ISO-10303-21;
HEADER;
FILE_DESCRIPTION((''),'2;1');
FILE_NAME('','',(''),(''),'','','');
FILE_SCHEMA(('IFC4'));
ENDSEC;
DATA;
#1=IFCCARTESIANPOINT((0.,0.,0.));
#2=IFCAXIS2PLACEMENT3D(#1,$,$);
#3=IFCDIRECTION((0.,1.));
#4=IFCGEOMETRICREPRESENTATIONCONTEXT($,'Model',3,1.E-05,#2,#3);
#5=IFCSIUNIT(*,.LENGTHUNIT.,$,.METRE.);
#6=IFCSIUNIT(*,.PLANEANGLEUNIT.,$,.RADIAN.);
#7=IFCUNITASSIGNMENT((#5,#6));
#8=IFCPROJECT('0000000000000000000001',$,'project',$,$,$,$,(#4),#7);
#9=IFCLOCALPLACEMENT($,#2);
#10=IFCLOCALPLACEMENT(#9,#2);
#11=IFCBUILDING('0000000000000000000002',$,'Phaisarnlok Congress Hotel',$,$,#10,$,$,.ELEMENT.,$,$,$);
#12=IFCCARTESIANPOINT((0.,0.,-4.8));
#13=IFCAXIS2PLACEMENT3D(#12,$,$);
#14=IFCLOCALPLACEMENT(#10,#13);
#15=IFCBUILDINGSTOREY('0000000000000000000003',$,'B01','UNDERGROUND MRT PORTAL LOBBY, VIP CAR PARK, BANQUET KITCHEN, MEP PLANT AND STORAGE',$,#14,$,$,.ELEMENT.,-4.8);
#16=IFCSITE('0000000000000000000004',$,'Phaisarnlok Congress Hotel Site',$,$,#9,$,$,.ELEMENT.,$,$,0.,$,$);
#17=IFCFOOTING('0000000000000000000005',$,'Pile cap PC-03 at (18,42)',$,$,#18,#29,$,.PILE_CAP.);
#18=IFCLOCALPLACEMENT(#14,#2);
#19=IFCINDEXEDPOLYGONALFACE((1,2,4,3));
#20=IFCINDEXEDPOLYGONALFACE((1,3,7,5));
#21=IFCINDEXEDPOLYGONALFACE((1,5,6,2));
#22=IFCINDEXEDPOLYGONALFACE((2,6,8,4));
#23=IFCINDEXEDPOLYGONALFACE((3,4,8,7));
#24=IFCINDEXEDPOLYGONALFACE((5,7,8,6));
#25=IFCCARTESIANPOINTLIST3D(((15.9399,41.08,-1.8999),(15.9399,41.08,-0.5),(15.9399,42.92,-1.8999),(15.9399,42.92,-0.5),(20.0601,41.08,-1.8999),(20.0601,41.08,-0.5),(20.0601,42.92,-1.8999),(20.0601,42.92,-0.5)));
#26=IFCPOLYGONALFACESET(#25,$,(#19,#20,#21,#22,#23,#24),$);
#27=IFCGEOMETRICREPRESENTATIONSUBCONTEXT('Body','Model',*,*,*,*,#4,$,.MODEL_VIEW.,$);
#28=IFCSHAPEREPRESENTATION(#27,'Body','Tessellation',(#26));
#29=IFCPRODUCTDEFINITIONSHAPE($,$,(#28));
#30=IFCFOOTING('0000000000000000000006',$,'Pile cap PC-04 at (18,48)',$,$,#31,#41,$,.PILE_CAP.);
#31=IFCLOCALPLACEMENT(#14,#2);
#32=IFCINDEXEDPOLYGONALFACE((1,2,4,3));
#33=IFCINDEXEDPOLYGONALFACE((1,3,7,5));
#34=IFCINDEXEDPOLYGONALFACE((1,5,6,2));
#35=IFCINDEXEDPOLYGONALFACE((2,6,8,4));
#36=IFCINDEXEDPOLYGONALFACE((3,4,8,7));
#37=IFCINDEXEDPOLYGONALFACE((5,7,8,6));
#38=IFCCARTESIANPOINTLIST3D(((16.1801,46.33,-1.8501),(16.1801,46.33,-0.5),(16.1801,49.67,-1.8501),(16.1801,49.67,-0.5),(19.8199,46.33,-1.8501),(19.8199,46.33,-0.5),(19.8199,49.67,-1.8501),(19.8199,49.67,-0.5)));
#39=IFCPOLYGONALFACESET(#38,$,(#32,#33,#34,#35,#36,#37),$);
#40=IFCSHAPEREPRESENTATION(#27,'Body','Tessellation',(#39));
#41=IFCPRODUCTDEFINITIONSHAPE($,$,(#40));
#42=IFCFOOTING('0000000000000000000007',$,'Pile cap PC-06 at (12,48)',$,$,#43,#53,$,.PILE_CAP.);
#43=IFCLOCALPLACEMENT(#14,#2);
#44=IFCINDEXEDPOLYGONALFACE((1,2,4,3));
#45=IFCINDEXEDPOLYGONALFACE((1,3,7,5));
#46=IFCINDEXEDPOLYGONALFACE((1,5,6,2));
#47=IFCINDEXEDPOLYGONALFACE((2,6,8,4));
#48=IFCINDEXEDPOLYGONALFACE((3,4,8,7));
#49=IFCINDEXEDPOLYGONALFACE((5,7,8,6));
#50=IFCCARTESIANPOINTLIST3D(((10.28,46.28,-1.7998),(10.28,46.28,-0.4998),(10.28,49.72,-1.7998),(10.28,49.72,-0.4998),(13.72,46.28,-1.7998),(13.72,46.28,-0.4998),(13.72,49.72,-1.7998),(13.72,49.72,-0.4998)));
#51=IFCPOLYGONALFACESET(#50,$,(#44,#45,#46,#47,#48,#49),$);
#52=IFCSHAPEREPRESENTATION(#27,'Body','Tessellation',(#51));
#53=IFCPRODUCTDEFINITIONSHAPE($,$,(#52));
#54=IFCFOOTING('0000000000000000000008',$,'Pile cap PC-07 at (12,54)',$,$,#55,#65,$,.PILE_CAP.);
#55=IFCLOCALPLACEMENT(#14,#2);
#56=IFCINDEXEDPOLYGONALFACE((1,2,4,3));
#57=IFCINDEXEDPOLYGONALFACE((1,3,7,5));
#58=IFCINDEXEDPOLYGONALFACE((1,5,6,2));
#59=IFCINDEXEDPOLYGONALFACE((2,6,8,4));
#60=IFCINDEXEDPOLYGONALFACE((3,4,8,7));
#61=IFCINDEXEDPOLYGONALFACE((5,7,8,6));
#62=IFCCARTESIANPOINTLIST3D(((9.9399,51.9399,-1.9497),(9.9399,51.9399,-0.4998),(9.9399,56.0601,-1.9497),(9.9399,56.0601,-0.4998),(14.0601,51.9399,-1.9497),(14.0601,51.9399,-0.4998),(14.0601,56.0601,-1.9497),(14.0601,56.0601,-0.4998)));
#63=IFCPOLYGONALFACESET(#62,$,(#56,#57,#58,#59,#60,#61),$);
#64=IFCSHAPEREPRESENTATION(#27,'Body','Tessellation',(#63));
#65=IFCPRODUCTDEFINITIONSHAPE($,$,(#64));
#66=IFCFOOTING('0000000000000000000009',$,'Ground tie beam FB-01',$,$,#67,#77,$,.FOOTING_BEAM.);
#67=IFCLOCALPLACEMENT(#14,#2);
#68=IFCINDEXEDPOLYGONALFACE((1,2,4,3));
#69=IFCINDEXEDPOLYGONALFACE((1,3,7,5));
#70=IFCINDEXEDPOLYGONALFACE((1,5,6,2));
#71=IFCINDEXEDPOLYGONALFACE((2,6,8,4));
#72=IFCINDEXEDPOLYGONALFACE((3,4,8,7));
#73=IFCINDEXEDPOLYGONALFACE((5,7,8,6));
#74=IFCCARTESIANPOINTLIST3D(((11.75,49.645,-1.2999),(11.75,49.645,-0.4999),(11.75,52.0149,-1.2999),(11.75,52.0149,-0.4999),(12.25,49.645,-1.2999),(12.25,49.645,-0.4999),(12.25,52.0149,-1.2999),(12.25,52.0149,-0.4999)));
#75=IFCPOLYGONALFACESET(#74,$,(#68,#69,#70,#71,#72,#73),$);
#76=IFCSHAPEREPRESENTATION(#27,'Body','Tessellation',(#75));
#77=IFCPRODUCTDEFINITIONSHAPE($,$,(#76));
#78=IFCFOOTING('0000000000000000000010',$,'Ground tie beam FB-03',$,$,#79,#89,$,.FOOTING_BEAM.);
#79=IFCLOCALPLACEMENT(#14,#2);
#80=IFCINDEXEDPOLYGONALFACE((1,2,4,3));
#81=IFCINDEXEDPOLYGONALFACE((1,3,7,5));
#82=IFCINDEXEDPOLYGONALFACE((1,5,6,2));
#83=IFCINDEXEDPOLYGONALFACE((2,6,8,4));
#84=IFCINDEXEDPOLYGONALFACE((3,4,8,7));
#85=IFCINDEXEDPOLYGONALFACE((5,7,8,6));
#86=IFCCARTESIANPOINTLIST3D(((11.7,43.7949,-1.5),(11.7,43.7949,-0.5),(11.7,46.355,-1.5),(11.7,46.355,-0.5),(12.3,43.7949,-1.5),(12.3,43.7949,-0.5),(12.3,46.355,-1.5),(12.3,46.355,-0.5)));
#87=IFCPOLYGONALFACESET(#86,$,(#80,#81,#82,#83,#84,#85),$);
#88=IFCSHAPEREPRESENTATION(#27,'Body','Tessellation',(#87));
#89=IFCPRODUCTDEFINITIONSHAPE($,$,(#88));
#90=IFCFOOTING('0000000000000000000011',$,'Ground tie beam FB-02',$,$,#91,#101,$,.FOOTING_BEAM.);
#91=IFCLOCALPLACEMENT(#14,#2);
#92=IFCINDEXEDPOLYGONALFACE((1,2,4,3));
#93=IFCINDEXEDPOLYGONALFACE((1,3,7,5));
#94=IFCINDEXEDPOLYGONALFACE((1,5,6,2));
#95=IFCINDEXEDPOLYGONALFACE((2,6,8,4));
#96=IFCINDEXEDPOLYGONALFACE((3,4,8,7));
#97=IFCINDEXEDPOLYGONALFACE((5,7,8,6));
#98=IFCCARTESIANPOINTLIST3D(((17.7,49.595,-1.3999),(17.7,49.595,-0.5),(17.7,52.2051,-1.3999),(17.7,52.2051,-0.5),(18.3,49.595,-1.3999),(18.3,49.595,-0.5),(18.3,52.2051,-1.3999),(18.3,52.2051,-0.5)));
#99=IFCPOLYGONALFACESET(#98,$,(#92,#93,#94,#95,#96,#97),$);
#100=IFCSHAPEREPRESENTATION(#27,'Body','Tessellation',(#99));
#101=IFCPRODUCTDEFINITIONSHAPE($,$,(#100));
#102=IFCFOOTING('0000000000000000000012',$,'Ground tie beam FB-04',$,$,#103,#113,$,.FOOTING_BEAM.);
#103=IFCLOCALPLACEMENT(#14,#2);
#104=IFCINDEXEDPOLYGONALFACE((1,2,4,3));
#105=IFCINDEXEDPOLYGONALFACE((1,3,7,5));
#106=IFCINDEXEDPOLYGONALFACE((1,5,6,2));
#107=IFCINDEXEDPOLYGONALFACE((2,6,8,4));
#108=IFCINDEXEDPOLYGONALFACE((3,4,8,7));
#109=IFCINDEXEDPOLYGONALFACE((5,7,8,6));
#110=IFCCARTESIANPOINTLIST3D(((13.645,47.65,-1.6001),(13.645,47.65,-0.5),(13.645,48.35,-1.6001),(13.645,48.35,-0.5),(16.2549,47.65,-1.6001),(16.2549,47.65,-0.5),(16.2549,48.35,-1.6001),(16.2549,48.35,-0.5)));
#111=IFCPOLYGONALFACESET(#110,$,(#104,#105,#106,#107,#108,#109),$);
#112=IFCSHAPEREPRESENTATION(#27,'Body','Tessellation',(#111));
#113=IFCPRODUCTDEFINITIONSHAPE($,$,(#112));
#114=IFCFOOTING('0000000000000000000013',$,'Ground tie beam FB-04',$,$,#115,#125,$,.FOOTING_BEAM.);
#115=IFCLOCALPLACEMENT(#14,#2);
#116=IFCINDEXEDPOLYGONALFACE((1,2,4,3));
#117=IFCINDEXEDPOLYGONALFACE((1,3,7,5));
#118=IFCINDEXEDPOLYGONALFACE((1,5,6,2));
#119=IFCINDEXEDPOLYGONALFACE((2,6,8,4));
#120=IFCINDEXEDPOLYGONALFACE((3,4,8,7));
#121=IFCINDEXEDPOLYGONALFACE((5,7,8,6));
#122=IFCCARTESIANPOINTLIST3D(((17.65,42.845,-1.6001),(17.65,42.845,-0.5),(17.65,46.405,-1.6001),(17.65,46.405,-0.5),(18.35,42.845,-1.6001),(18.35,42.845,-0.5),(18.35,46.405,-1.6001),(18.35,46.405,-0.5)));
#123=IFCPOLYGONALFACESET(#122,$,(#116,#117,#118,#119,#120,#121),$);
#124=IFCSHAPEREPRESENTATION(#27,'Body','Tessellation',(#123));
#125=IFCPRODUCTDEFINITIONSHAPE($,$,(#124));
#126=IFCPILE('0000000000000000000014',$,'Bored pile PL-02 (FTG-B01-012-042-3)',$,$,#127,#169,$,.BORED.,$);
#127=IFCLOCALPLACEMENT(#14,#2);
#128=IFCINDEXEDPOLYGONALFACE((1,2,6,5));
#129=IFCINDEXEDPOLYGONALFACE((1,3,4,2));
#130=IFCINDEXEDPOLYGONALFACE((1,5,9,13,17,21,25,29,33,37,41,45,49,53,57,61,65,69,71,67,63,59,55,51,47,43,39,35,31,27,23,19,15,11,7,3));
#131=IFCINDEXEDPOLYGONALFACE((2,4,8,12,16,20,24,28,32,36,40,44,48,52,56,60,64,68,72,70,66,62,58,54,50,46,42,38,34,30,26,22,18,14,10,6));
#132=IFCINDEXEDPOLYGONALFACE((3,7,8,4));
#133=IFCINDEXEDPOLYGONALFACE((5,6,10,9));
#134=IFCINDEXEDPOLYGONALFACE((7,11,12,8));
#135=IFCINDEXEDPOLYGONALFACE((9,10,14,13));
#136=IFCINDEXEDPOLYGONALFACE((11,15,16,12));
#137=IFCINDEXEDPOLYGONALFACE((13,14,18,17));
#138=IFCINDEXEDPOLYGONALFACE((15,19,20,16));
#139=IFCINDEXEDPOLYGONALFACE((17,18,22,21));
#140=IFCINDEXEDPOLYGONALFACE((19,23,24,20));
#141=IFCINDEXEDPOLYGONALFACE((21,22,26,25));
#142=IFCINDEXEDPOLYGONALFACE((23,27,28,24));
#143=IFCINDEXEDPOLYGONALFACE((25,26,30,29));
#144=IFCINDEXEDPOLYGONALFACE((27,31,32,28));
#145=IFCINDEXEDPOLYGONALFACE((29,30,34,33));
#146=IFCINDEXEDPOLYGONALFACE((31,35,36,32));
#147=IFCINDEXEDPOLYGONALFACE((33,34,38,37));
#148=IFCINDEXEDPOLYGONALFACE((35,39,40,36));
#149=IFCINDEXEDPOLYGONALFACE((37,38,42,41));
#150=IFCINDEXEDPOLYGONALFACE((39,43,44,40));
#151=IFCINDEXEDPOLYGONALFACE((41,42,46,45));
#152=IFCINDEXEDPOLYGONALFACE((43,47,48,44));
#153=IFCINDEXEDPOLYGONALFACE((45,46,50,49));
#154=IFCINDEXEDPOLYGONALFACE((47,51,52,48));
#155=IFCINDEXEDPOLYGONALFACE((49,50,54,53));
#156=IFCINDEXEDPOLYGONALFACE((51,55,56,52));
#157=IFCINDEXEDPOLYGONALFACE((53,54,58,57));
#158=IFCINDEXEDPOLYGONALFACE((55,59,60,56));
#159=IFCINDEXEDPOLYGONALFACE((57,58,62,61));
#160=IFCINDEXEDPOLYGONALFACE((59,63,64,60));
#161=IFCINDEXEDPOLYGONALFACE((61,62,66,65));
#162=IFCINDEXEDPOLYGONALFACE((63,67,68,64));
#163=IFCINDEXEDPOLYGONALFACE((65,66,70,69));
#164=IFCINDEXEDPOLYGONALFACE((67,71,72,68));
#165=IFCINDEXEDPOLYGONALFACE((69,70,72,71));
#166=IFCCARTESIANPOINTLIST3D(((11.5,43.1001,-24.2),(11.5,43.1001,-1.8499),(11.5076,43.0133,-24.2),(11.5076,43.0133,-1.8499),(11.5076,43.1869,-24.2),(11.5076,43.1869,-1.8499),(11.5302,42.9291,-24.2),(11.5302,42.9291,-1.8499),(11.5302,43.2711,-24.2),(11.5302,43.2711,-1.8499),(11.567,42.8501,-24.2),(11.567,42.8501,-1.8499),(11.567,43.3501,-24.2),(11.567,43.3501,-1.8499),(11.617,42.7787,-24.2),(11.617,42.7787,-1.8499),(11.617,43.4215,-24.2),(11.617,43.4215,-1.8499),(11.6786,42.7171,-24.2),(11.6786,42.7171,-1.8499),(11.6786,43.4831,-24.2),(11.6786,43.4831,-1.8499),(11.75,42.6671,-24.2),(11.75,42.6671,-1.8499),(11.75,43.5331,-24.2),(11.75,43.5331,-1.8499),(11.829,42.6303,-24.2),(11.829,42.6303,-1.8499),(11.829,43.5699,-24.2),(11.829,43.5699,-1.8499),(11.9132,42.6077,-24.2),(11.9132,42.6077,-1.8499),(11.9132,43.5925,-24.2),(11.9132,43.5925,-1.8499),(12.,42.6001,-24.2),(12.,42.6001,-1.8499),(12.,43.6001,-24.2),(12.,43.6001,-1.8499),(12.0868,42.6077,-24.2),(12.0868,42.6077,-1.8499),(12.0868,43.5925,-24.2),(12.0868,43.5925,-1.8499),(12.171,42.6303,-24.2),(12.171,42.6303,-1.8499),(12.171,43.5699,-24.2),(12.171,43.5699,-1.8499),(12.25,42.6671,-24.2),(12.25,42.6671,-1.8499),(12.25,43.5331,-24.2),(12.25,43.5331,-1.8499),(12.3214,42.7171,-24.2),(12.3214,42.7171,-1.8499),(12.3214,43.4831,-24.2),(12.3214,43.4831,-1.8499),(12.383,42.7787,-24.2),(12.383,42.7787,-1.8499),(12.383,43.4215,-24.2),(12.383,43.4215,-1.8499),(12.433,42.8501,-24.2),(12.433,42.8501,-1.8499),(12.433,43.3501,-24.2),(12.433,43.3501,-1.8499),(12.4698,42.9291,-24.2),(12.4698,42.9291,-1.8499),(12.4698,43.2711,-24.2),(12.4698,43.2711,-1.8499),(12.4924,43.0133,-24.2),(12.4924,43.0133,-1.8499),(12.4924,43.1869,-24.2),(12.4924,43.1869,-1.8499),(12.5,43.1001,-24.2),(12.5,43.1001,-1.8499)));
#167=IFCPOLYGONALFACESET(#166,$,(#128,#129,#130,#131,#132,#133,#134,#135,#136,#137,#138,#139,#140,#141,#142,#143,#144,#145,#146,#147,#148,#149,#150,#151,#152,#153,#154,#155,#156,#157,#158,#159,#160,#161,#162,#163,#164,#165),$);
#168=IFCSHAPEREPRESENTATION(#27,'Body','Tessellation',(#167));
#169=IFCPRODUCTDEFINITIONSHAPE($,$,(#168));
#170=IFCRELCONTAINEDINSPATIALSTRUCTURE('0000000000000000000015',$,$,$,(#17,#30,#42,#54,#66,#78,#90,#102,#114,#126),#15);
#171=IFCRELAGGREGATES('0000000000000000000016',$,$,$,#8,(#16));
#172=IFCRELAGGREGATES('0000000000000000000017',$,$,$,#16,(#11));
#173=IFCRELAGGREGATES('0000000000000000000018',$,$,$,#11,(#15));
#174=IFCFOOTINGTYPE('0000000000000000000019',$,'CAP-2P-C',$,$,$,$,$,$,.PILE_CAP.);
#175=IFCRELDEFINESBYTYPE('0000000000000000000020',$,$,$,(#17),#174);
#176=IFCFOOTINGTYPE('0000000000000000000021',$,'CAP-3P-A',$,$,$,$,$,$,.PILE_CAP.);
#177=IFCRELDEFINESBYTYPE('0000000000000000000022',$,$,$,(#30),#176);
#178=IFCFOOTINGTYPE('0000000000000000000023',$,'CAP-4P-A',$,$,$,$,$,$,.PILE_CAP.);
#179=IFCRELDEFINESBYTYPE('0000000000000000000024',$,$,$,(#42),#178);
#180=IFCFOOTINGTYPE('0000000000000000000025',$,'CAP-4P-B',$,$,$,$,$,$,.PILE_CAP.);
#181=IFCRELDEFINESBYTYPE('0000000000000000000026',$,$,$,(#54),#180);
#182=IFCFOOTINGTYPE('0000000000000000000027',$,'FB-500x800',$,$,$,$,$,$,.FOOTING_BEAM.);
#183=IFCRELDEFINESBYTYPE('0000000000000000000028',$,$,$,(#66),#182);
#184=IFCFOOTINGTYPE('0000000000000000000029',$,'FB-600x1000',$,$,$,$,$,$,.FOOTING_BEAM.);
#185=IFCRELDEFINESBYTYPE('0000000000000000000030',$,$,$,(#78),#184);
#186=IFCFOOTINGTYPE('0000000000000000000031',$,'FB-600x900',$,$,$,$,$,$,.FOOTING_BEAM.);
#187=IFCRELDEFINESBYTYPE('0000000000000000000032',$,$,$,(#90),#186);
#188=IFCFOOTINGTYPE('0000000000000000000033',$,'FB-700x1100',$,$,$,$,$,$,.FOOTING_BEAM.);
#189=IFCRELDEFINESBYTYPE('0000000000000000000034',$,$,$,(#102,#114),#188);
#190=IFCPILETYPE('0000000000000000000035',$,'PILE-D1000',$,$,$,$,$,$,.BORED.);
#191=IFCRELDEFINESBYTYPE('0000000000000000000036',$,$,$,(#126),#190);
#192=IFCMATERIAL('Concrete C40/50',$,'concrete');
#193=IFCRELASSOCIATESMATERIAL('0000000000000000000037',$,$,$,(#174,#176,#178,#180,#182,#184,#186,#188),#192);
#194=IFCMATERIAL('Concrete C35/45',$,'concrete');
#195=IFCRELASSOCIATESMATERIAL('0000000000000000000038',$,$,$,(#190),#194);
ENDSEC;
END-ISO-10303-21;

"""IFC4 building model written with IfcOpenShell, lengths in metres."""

from ifc_helpers import new_model, si_unit, direction, frame, origin, origin_2d, place, context, subcontext, project, spatial, rectangle, circle, extrude, material, material_profile, profile_set, type_object, element, save


model = new_model("IFC4")

# Units and contexts
model_context = context("Model", 3, precision=1e-05, world=origin(), true_north=direction((0.0, 1.0)))
body_context = subcontext(model_context, "Body", "Model", "MODEL_VIEW")
ifc_project = project(units=[si_unit("LENGTHUNIT", "METRE"), si_unit("PLANEANGLEUNIT", "RADIAN")], contexts=[model_context])

# Site, building, storey
site_placement = place(None, origin())
site = spatial("IfcSite", under=ifc_project, at=site_placement, Name="Phaisarnlok Congress Hotel Site", CompositionType="ELEMENT", RefElevation=0.0)
building_placement = place(site_placement, origin())
building = spatial("IfcBuilding", under=site, at=building_placement, Name="Phaisarnlok Congress Hotel", CompositionType="ELEMENT")
storey_placement = place(building_placement, frame((0.0, 0.0, -4.8)))
storey = spatial("IfcBuildingStorey", under=building, at=storey_placement, Name="B01", Description="UNDERGROUND MRT PORTAL LOBBY, VIP CAR PARK, BANQUET KITCHEN, MEP PLANT AND STORAGE", CompositionType="ELEMENT", Elevation=-4.8)

# Footings
ifc_material_1 = material(Name="Concrete C40/50", Category="concrete")
footing_type_1 = type_object("IfcFootingType", Name="CAP-2P-C", PredefinedType="PILE_CAP", material=ifc_material_1)
footing_1_placement = place(storey_placement, frame((18.0, 42.0, -1.8999), z_axis=(0.0, 0.0, 1.0), x_axis=(1.0, 0.0, 0.0)))
element("IfcFooting", 1, at=footing_1_placement, inside=storey, type_object=footing_type_1, Name="Pile cap PC-03 at (18,42)", PredefinedType="PILE_CAP", context=body_context, shape_type="SweptSolid", body=[
    extrude(rectangle(XDim=4.1201, YDim=1.8401, at=origin_2d()), origin(), (0.0, 0.0, 1.0), 1.3999),
])
footing_type_2 = type_object("IfcFootingType", Name="CAP-3P-A", PredefinedType="PILE_CAP", material=ifc_material_1)
footing_2_placement = place(storey_placement, frame((18.0, 48.0, -1.8501), z_axis=(0.0, 0.0, 1.0), x_axis=(1.0, 0.0, 0.0)))
element("IfcFooting", 2, at=footing_2_placement, inside=storey, type_object=footing_type_2, Name="Pile cap PC-04 at (18,48)", PredefinedType="PILE_CAP", context=body_context, shape_type="SweptSolid", body=[
    extrude(rectangle(XDim=3.6399, YDim=3.3401, at=origin_2d()), origin(), (0.0, 0.0, 1.0), 1.3501),
])
footing_type_3 = type_object("IfcFootingType", Name="CAP-4P-A", PredefinedType="PILE_CAP", material=ifc_material_1)
footing_3_placement = place(storey_placement, frame((12.0, 48.0, -1.7998), z_axis=(0.0, 0.0, 1.0), x_axis=(1.0, 0.0, 0.0)))
element("IfcFooting", 3, at=footing_3_placement, inside=storey, type_object=footing_type_3, Name="Pile cap PC-06 at (12,48)", PredefinedType="PILE_CAP", context=body_context, shape_type="SweptSolid", body=[
    extrude(rectangle(XDim=3.4399, YDim=3.4399, at=origin_2d()), origin(), (0.0, 0.0, 1.0), 1.3),
])
footing_type_4 = type_object("IfcFootingType", Name="CAP-4P-B", PredefinedType="PILE_CAP", material=ifc_material_1)
footing_4_placement = place(storey_placement, frame((12.0, 54.0, -1.9497), z_axis=(0.0, 0.0, 1.0), x_axis=(1.0, 0.0, 0.0)))
element("IfcFooting", 4, at=footing_4_placement, inside=storey, type_object=footing_type_4, Name="Pile cap PC-07 at (12,54)", PredefinedType="PILE_CAP", context=body_context, shape_type="SweptSolid", body=[
    extrude(rectangle(XDim=4.1201, YDim=4.1201, at=origin_2d()), origin(), (0.0, 0.0, 1.0), 1.45),
])
ifc_material_profile_1 = material_profile(ifc_material_1, rectangle(XDim=0.5, YDim=0.8, at=origin_2d()), Name="FB-500x800")
ifc_profile_set_1 = profile_set([ifc_material_profile_1], Name="Concrete C40/50")
footing_type_5 = type_object("IfcFootingType", Name="FB-500x800", PredefinedType="FOOTING_BEAM", material=ifc_profile_set_1)
footing_5_placement = place(storey_placement, frame((12.0, 49.645, -0.8999), z_axis=(0.0, 1.0, 0.0), x_axis=(-1.0, 0.0, 0.0)))
element("IfcFooting", 5, at=footing_5_placement, inside=storey, type_object=footing_type_5, Name="Ground tie beam FB-01", PredefinedType="FOOTING_BEAM", context=body_context, shape_type="SweptSolid", body=[
    extrude(rectangle(XDim=0.5, YDim=0.8, at=origin_2d()), origin(), (0.0, 0.0, 1.0), 2.3699),
])
ifc_material_profile_2 = material_profile(ifc_material_1, rectangle(XDim=0.6001, YDim=1.0, at=origin_2d()), Name="FB-600x1000")
ifc_profile_set_2 = profile_set([ifc_material_profile_2], Name="Concrete C40/50")
footing_type_6 = type_object("IfcFootingType", Name="FB-600x1000", PredefinedType="FOOTING_BEAM", material=ifc_profile_set_2)
footing_6_placement = place(storey_placement, frame((12.0, 43.7949, -1.0), z_axis=(0.0, 1.0, 0.0), x_axis=(-1.0, 0.0, 0.0)))
element("IfcFooting", 6, at=footing_6_placement, inside=storey, type_object=footing_type_6, Name="Ground tie beam FB-03", PredefinedType="FOOTING_BEAM", context=body_context, shape_type="SweptSolid", body=[
    extrude(rectangle(XDim=0.6001, YDim=1.0, at=origin_2d()), origin(), (0.0, 0.0, 1.0), 2.5601),
])
ifc_material_profile_3 = material_profile(ifc_material_1, rectangle(XDim=0.6001, YDim=0.8999, at=origin_2d()), Name="FB-600x900")
ifc_profile_set_3 = profile_set([ifc_material_profile_3], Name="Concrete C40/50")
footing_type_7 = type_object("IfcFootingType", Name="FB-600x900", PredefinedType="FOOTING_BEAM", material=ifc_profile_set_3)
footing_7_placement = place(storey_placement, frame((18.0, 49.595, -0.95), z_axis=(0.0, 1.0, 0.0), x_axis=(-1.0, 0.0, 0.0)))
element("IfcFooting", 7, at=footing_7_placement, inside=storey, type_object=footing_type_7, Name="Ground tie beam FB-02", PredefinedType="FOOTING_BEAM", context=body_context, shape_type="SweptSolid", body=[
    extrude(rectangle(XDim=0.6001, YDim=0.8999, at=origin_2d()), origin(), (0.0, 0.0, 1.0), 2.6101),
])
ifc_material_profile_4 = material_profile(ifc_material_1, rectangle(XDim=0.7, YDim=1.1001, at=origin_2d()), Name="FB-700x1100")
ifc_profile_set_4 = profile_set([ifc_material_profile_4], Name="Concrete C40/50")
footing_type_8 = type_object("IfcFootingType", Name="FB-700x1100", PredefinedType="FOOTING_BEAM", material=ifc_profile_set_4)
footing_8_placement = place(storey_placement, frame((13.645, 48.0, -1.05), z_axis=(1.0, 0.0, 0.0), x_axis=(0.0, 1.0, 0.0)))
element("IfcFooting", 8, at=footing_8_placement, inside=storey, type_object=footing_type_8, Name="Ground tie beam FB-04", PredefinedType="FOOTING_BEAM", context=body_context, shape_type="SweptSolid", body=[
    extrude(rectangle(XDim=0.7, YDim=1.1001, at=origin_2d()), origin(), (0.0, 0.0, 1.0), 2.6099),
])
footing_9_placement = place(storey_placement, frame((18.0, 42.845, -1.05), z_axis=(0.0, 1.0, 0.0), x_axis=(-1.0, 0.0, 0.0)))
element("IfcFooting", 9, at=footing_9_placement, inside=storey, type_object=footing_type_8, Name="Ground tie beam FB-04", PredefinedType="FOOTING_BEAM", context=body_context, shape_type="SweptSolid", body=[
    extrude(rectangle(XDim=0.7, YDim=1.1001, at=origin_2d()), origin(), (0.0, 0.0, 1.0), 3.5601),
])

# Pile
ifc_material_2 = material(Name="Concrete C35/45", Category="concrete")
ifc_material_profile_5 = material_profile(ifc_material_2, circle(Radius=0.5, at=origin_2d()), Name="BORED PILE D1000")
ifc_profile_set_5 = profile_set([ifc_material_profile_5], Name="Concrete C35/45")
pile_type_1 = type_object("IfcPileType", Name="PILE-D1000", PredefinedType="BORED", material=ifc_profile_set_5)
for number, where, z_axis, x_axis, name in (
    (10, (12.0, 43.1001, -1.8499), (0.0, 0.0, -1.0), (1.0, 0.0, 0.0), "Bored pile PL-02 (FTG-B01-012-042-3)"),
):
    element("IfcPile", number, at=place(storey_placement, frame(where, z_axis=z_axis, x_axis=x_axis)), inside=storey, type_object=pile_type_1, Name=name, PredefinedType="BORED", context=body_context, shape_type="SweptSolid", body=[
        extrude(circle(Radius=0.5, at=origin_2d()), origin(), (0.0, 0.0, 1.0), 22.3501),
    ])

save(model, "model.ifc")
